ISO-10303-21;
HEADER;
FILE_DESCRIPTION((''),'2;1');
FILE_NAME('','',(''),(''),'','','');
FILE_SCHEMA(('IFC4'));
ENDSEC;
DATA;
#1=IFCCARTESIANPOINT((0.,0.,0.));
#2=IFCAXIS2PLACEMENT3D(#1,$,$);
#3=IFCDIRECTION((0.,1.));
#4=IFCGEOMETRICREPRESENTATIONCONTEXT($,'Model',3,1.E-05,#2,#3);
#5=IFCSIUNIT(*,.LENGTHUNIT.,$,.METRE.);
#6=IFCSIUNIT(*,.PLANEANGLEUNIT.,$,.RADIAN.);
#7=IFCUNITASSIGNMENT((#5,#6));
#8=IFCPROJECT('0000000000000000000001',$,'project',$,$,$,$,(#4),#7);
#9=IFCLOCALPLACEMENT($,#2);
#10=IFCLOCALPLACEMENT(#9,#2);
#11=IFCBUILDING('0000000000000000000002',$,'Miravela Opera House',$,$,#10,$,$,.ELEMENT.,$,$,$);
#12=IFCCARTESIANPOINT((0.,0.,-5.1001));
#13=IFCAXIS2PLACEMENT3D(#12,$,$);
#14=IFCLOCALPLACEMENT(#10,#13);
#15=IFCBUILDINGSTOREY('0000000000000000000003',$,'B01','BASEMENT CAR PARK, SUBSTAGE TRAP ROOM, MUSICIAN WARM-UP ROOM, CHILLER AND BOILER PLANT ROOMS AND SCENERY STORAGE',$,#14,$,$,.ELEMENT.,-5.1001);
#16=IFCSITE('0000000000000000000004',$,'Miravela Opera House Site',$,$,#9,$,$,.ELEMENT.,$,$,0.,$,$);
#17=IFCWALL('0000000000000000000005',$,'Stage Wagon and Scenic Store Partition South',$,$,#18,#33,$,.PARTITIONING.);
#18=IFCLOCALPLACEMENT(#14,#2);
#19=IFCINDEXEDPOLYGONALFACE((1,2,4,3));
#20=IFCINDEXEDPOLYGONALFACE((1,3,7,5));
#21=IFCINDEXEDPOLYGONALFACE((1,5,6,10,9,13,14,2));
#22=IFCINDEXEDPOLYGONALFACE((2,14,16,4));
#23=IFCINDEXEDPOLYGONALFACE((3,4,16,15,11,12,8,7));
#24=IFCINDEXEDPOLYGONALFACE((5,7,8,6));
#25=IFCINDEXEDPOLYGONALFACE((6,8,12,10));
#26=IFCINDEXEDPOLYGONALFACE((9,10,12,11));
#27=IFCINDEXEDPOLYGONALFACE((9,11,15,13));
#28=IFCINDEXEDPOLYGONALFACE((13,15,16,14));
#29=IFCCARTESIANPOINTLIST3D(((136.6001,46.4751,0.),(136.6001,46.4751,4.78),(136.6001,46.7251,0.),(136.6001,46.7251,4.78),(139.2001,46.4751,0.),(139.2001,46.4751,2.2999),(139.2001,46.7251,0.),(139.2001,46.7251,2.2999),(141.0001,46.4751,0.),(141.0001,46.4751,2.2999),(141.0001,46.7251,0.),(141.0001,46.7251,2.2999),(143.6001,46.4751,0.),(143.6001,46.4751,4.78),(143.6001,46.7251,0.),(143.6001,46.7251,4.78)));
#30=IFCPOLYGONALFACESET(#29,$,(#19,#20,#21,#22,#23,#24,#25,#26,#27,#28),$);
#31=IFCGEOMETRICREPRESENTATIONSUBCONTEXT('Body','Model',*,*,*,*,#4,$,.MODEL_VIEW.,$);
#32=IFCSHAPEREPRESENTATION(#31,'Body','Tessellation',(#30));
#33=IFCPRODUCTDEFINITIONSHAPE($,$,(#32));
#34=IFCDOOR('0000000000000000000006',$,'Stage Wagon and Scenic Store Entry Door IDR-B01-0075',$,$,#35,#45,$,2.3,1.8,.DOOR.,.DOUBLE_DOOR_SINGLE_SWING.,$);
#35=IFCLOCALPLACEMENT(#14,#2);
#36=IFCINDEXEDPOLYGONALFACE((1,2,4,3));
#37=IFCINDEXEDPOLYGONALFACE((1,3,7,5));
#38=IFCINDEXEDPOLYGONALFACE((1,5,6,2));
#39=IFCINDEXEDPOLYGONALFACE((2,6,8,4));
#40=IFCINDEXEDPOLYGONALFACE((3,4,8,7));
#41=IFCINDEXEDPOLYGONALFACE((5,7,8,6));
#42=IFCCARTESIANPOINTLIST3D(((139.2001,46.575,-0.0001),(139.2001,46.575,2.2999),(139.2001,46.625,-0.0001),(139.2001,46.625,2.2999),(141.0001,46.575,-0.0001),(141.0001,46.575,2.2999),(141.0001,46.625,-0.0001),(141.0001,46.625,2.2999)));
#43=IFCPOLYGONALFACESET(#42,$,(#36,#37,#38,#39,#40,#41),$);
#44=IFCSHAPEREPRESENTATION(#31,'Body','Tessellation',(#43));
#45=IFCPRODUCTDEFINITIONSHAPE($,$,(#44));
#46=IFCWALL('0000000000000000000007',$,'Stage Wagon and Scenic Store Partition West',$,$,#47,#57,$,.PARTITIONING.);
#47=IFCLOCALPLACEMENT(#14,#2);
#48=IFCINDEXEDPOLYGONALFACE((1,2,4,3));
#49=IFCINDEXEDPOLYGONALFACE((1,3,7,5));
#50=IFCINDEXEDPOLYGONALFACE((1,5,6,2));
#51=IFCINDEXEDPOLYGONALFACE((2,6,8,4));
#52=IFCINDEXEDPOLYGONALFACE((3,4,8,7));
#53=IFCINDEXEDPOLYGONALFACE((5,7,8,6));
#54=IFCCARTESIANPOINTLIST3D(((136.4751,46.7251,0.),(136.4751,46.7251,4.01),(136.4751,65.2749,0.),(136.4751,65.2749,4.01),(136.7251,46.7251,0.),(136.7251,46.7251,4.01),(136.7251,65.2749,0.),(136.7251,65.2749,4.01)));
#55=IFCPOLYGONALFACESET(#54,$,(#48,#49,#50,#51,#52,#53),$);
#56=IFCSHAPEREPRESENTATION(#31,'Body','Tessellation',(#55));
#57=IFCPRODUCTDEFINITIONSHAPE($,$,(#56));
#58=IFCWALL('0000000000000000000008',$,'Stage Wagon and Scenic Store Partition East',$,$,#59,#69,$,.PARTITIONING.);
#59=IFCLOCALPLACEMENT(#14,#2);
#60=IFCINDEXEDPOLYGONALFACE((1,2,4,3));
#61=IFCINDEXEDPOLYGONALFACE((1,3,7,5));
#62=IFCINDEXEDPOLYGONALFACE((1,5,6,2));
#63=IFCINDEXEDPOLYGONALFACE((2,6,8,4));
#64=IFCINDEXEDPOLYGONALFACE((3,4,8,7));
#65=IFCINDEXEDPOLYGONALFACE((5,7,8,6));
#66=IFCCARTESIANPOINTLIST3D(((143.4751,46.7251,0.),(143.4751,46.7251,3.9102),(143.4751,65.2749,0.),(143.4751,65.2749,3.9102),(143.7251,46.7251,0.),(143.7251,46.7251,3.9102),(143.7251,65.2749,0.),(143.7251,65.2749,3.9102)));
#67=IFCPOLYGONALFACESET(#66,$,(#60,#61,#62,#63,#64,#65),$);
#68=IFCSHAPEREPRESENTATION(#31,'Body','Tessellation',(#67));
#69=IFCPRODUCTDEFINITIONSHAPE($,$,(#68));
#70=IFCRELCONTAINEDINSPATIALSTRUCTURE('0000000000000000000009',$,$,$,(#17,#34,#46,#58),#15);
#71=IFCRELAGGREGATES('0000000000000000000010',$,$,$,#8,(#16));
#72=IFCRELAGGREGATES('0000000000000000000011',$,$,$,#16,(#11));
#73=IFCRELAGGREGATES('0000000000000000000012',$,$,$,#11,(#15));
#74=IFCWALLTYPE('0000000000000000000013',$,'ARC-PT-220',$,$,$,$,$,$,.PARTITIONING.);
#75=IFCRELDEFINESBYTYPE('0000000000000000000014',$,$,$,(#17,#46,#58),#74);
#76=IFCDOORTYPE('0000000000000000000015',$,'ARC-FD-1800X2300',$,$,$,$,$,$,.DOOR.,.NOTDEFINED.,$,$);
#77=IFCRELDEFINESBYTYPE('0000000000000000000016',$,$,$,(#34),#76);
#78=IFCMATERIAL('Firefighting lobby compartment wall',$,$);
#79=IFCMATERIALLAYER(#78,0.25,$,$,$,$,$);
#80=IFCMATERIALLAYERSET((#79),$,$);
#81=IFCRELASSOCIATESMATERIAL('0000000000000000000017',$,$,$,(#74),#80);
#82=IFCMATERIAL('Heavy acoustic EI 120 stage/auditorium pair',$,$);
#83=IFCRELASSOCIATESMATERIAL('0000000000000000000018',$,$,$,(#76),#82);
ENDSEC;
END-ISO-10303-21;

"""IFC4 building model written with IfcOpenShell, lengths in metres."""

from ifc_helpers import new_model, si_unit, direction, frame, frame_2d, origin, place, context, subcontext, project, spatial, rectangle, extrude, material, layer, layer_set, type_object, element, fill, save


model = new_model("IFC4")

# Units and contexts
model_context = context("Model", 3, precision=1e-05, world=origin(), true_north=direction((0.0, 1.0)))
body_context = subcontext(model_context, "Body", "Model", "MODEL_VIEW")
ifc_project = project(units=[si_unit("LENGTHUNIT", "METRE"), si_unit("PLANEANGLEUNIT", "RADIAN")], contexts=[model_context])

# Site, building, storey
site_placement = place(None, origin())
site = spatial("IfcSite", under=ifc_project, at=site_placement, Name="Miravela Opera House Site", CompositionType="ELEMENT", RefElevation=0.0)
building_placement = place(site_placement, origin())
building = spatial("IfcBuilding", under=site, at=building_placement, Name="Miravela Opera House", CompositionType="ELEMENT")
storey_placement = place(building_placement, frame((0.0, 0.0, -5.1001)))
storey = spatial("IfcBuildingStorey", under=building, at=storey_placement, Name="B01", Description="BASEMENT CAR PARK, SUBSTAGE TRAP ROOM, MUSICIAN WARM-UP ROOM, CHILLER AND BOILER PLANT ROOMS AND SCENERY STORAGE", CompositionType="ELEMENT", Elevation=-5.1001)

# Wall, opening, door
ifc_material_1 = material(Name="Firefighting lobby compartment wall")
ifc_layer = layer(ifc_material_1, 0.25)
ifc_layer_set = layer_set([ifc_layer])
wall_type = type_object("IfcWallType", Name="ARC-PT-220", PredefinedType="PARTITIONING", material=ifc_layer_set)
wall_1_placement = place(storey_placement, frame((136.6001, 46.6001, 0.0), z_axis=(0.0, 0.0, 1.0), x_axis=(1.0, 0.0, 0.0)))
wall_1 = element("IfcWall", 1, at=wall_1_placement, inside=storey, type_object=wall_type, Name="Stage Wagon and Scenic Store Partition South", PredefinedType="PARTITIONING", context=body_context, shape_type="SweptSolid", body=[
    extrude(rectangle(XDim=7.0, YDim=0.25, at=frame_2d((3.5, 0.0))), origin(), (0.0, 0.0, 1.0), 4.78),
])
opening_placement = place(wall_1_placement, frame((2.6001, 0.0, 0.0)))
opening = element("IfcOpeningElement", 2, at=opening_placement, cuts=wall_1, PredefinedType="OPENING", context=body_context, shape_type="SweptSolid", body=[
    extrude(rectangle(XDim=1.8, YDim=2.3, at=frame_2d((0.8999, 1.1499))), frame((0.0, 0.135, 0.0), z_axis=(0.0, -1.0, 0.0), x_axis=(1.0, 0.0, 0.0)), (0.0, 0.0, 1.0), 0.27),
])
ifc_material_2 = material(Name="Heavy acoustic EI 120 stage/auditorium pair")
door_type = type_object("IfcDoorType", Name="ARC-FD-1800X2300", OperationType="NOTDEFINED", PredefinedType="DOOR", material=ifc_material_2)
door_placement = place(opening_placement, origin())
door = element("IfcDoor", 3, at=door_placement, inside=storey, type_object=door_type, Name="Stage Wagon and Scenic Store Entry Door IDR-B01-0075", OperationType="DOUBLE_DOOR_SINGLE_SWING", OverallHeight=2.3, OverallWidth=1.8, PredefinedType="DOOR", context=body_context, shape_type="SweptSolid", body=[
    extrude(rectangle(XDim=1.8, YDim=2.3, at=frame_2d((0.8999, 1.1499))), frame((0.0, 0.0249, 0.0), z_axis=(0.0, -1.0, 0.0), x_axis=(1.0, 0.0, 0.0)), (0.0, 0.0, 1.0), 0.05),
])
fill(opening, door)

# Walls
wall_2_placement = place(storey_placement, frame((136.6001, 46.7251, 0.0), z_axis=(0.0, 0.0, 1.0), x_axis=(0.0, 1.0, 0.0)))
element("IfcWall", 4, at=wall_2_placement, inside=storey, type_object=wall_type, Name="Stage Wagon and Scenic Store Partition West", PredefinedType="PARTITIONING", context=body_context, shape_type="SweptSolid", body=[
    extrude(rectangle(XDim=18.5498, YDim=0.25, at=frame_2d((9.2749, 0.0))), origin(), (0.0, 0.0, 1.0), 4.01),
])
wall_3_placement = place(storey_placement, frame((143.6001, 46.7251, 0.0), z_axis=(0.0, 0.0, 1.0), x_axis=(0.0, 1.0, 0.0)))
element("IfcWall", 5, at=wall_3_placement, inside=storey, type_object=wall_type, Name="Stage Wagon and Scenic Store Partition East", PredefinedType="PARTITIONING", context=body_context, shape_type="SweptSolid", body=[
    extrude(rectangle(XDim=18.5498, YDim=0.25, at=frame_2d((9.2749, 0.0))), origin(), (0.0, 0.0, 1.0), 3.9102),
])

save(model, "model.ifc")
